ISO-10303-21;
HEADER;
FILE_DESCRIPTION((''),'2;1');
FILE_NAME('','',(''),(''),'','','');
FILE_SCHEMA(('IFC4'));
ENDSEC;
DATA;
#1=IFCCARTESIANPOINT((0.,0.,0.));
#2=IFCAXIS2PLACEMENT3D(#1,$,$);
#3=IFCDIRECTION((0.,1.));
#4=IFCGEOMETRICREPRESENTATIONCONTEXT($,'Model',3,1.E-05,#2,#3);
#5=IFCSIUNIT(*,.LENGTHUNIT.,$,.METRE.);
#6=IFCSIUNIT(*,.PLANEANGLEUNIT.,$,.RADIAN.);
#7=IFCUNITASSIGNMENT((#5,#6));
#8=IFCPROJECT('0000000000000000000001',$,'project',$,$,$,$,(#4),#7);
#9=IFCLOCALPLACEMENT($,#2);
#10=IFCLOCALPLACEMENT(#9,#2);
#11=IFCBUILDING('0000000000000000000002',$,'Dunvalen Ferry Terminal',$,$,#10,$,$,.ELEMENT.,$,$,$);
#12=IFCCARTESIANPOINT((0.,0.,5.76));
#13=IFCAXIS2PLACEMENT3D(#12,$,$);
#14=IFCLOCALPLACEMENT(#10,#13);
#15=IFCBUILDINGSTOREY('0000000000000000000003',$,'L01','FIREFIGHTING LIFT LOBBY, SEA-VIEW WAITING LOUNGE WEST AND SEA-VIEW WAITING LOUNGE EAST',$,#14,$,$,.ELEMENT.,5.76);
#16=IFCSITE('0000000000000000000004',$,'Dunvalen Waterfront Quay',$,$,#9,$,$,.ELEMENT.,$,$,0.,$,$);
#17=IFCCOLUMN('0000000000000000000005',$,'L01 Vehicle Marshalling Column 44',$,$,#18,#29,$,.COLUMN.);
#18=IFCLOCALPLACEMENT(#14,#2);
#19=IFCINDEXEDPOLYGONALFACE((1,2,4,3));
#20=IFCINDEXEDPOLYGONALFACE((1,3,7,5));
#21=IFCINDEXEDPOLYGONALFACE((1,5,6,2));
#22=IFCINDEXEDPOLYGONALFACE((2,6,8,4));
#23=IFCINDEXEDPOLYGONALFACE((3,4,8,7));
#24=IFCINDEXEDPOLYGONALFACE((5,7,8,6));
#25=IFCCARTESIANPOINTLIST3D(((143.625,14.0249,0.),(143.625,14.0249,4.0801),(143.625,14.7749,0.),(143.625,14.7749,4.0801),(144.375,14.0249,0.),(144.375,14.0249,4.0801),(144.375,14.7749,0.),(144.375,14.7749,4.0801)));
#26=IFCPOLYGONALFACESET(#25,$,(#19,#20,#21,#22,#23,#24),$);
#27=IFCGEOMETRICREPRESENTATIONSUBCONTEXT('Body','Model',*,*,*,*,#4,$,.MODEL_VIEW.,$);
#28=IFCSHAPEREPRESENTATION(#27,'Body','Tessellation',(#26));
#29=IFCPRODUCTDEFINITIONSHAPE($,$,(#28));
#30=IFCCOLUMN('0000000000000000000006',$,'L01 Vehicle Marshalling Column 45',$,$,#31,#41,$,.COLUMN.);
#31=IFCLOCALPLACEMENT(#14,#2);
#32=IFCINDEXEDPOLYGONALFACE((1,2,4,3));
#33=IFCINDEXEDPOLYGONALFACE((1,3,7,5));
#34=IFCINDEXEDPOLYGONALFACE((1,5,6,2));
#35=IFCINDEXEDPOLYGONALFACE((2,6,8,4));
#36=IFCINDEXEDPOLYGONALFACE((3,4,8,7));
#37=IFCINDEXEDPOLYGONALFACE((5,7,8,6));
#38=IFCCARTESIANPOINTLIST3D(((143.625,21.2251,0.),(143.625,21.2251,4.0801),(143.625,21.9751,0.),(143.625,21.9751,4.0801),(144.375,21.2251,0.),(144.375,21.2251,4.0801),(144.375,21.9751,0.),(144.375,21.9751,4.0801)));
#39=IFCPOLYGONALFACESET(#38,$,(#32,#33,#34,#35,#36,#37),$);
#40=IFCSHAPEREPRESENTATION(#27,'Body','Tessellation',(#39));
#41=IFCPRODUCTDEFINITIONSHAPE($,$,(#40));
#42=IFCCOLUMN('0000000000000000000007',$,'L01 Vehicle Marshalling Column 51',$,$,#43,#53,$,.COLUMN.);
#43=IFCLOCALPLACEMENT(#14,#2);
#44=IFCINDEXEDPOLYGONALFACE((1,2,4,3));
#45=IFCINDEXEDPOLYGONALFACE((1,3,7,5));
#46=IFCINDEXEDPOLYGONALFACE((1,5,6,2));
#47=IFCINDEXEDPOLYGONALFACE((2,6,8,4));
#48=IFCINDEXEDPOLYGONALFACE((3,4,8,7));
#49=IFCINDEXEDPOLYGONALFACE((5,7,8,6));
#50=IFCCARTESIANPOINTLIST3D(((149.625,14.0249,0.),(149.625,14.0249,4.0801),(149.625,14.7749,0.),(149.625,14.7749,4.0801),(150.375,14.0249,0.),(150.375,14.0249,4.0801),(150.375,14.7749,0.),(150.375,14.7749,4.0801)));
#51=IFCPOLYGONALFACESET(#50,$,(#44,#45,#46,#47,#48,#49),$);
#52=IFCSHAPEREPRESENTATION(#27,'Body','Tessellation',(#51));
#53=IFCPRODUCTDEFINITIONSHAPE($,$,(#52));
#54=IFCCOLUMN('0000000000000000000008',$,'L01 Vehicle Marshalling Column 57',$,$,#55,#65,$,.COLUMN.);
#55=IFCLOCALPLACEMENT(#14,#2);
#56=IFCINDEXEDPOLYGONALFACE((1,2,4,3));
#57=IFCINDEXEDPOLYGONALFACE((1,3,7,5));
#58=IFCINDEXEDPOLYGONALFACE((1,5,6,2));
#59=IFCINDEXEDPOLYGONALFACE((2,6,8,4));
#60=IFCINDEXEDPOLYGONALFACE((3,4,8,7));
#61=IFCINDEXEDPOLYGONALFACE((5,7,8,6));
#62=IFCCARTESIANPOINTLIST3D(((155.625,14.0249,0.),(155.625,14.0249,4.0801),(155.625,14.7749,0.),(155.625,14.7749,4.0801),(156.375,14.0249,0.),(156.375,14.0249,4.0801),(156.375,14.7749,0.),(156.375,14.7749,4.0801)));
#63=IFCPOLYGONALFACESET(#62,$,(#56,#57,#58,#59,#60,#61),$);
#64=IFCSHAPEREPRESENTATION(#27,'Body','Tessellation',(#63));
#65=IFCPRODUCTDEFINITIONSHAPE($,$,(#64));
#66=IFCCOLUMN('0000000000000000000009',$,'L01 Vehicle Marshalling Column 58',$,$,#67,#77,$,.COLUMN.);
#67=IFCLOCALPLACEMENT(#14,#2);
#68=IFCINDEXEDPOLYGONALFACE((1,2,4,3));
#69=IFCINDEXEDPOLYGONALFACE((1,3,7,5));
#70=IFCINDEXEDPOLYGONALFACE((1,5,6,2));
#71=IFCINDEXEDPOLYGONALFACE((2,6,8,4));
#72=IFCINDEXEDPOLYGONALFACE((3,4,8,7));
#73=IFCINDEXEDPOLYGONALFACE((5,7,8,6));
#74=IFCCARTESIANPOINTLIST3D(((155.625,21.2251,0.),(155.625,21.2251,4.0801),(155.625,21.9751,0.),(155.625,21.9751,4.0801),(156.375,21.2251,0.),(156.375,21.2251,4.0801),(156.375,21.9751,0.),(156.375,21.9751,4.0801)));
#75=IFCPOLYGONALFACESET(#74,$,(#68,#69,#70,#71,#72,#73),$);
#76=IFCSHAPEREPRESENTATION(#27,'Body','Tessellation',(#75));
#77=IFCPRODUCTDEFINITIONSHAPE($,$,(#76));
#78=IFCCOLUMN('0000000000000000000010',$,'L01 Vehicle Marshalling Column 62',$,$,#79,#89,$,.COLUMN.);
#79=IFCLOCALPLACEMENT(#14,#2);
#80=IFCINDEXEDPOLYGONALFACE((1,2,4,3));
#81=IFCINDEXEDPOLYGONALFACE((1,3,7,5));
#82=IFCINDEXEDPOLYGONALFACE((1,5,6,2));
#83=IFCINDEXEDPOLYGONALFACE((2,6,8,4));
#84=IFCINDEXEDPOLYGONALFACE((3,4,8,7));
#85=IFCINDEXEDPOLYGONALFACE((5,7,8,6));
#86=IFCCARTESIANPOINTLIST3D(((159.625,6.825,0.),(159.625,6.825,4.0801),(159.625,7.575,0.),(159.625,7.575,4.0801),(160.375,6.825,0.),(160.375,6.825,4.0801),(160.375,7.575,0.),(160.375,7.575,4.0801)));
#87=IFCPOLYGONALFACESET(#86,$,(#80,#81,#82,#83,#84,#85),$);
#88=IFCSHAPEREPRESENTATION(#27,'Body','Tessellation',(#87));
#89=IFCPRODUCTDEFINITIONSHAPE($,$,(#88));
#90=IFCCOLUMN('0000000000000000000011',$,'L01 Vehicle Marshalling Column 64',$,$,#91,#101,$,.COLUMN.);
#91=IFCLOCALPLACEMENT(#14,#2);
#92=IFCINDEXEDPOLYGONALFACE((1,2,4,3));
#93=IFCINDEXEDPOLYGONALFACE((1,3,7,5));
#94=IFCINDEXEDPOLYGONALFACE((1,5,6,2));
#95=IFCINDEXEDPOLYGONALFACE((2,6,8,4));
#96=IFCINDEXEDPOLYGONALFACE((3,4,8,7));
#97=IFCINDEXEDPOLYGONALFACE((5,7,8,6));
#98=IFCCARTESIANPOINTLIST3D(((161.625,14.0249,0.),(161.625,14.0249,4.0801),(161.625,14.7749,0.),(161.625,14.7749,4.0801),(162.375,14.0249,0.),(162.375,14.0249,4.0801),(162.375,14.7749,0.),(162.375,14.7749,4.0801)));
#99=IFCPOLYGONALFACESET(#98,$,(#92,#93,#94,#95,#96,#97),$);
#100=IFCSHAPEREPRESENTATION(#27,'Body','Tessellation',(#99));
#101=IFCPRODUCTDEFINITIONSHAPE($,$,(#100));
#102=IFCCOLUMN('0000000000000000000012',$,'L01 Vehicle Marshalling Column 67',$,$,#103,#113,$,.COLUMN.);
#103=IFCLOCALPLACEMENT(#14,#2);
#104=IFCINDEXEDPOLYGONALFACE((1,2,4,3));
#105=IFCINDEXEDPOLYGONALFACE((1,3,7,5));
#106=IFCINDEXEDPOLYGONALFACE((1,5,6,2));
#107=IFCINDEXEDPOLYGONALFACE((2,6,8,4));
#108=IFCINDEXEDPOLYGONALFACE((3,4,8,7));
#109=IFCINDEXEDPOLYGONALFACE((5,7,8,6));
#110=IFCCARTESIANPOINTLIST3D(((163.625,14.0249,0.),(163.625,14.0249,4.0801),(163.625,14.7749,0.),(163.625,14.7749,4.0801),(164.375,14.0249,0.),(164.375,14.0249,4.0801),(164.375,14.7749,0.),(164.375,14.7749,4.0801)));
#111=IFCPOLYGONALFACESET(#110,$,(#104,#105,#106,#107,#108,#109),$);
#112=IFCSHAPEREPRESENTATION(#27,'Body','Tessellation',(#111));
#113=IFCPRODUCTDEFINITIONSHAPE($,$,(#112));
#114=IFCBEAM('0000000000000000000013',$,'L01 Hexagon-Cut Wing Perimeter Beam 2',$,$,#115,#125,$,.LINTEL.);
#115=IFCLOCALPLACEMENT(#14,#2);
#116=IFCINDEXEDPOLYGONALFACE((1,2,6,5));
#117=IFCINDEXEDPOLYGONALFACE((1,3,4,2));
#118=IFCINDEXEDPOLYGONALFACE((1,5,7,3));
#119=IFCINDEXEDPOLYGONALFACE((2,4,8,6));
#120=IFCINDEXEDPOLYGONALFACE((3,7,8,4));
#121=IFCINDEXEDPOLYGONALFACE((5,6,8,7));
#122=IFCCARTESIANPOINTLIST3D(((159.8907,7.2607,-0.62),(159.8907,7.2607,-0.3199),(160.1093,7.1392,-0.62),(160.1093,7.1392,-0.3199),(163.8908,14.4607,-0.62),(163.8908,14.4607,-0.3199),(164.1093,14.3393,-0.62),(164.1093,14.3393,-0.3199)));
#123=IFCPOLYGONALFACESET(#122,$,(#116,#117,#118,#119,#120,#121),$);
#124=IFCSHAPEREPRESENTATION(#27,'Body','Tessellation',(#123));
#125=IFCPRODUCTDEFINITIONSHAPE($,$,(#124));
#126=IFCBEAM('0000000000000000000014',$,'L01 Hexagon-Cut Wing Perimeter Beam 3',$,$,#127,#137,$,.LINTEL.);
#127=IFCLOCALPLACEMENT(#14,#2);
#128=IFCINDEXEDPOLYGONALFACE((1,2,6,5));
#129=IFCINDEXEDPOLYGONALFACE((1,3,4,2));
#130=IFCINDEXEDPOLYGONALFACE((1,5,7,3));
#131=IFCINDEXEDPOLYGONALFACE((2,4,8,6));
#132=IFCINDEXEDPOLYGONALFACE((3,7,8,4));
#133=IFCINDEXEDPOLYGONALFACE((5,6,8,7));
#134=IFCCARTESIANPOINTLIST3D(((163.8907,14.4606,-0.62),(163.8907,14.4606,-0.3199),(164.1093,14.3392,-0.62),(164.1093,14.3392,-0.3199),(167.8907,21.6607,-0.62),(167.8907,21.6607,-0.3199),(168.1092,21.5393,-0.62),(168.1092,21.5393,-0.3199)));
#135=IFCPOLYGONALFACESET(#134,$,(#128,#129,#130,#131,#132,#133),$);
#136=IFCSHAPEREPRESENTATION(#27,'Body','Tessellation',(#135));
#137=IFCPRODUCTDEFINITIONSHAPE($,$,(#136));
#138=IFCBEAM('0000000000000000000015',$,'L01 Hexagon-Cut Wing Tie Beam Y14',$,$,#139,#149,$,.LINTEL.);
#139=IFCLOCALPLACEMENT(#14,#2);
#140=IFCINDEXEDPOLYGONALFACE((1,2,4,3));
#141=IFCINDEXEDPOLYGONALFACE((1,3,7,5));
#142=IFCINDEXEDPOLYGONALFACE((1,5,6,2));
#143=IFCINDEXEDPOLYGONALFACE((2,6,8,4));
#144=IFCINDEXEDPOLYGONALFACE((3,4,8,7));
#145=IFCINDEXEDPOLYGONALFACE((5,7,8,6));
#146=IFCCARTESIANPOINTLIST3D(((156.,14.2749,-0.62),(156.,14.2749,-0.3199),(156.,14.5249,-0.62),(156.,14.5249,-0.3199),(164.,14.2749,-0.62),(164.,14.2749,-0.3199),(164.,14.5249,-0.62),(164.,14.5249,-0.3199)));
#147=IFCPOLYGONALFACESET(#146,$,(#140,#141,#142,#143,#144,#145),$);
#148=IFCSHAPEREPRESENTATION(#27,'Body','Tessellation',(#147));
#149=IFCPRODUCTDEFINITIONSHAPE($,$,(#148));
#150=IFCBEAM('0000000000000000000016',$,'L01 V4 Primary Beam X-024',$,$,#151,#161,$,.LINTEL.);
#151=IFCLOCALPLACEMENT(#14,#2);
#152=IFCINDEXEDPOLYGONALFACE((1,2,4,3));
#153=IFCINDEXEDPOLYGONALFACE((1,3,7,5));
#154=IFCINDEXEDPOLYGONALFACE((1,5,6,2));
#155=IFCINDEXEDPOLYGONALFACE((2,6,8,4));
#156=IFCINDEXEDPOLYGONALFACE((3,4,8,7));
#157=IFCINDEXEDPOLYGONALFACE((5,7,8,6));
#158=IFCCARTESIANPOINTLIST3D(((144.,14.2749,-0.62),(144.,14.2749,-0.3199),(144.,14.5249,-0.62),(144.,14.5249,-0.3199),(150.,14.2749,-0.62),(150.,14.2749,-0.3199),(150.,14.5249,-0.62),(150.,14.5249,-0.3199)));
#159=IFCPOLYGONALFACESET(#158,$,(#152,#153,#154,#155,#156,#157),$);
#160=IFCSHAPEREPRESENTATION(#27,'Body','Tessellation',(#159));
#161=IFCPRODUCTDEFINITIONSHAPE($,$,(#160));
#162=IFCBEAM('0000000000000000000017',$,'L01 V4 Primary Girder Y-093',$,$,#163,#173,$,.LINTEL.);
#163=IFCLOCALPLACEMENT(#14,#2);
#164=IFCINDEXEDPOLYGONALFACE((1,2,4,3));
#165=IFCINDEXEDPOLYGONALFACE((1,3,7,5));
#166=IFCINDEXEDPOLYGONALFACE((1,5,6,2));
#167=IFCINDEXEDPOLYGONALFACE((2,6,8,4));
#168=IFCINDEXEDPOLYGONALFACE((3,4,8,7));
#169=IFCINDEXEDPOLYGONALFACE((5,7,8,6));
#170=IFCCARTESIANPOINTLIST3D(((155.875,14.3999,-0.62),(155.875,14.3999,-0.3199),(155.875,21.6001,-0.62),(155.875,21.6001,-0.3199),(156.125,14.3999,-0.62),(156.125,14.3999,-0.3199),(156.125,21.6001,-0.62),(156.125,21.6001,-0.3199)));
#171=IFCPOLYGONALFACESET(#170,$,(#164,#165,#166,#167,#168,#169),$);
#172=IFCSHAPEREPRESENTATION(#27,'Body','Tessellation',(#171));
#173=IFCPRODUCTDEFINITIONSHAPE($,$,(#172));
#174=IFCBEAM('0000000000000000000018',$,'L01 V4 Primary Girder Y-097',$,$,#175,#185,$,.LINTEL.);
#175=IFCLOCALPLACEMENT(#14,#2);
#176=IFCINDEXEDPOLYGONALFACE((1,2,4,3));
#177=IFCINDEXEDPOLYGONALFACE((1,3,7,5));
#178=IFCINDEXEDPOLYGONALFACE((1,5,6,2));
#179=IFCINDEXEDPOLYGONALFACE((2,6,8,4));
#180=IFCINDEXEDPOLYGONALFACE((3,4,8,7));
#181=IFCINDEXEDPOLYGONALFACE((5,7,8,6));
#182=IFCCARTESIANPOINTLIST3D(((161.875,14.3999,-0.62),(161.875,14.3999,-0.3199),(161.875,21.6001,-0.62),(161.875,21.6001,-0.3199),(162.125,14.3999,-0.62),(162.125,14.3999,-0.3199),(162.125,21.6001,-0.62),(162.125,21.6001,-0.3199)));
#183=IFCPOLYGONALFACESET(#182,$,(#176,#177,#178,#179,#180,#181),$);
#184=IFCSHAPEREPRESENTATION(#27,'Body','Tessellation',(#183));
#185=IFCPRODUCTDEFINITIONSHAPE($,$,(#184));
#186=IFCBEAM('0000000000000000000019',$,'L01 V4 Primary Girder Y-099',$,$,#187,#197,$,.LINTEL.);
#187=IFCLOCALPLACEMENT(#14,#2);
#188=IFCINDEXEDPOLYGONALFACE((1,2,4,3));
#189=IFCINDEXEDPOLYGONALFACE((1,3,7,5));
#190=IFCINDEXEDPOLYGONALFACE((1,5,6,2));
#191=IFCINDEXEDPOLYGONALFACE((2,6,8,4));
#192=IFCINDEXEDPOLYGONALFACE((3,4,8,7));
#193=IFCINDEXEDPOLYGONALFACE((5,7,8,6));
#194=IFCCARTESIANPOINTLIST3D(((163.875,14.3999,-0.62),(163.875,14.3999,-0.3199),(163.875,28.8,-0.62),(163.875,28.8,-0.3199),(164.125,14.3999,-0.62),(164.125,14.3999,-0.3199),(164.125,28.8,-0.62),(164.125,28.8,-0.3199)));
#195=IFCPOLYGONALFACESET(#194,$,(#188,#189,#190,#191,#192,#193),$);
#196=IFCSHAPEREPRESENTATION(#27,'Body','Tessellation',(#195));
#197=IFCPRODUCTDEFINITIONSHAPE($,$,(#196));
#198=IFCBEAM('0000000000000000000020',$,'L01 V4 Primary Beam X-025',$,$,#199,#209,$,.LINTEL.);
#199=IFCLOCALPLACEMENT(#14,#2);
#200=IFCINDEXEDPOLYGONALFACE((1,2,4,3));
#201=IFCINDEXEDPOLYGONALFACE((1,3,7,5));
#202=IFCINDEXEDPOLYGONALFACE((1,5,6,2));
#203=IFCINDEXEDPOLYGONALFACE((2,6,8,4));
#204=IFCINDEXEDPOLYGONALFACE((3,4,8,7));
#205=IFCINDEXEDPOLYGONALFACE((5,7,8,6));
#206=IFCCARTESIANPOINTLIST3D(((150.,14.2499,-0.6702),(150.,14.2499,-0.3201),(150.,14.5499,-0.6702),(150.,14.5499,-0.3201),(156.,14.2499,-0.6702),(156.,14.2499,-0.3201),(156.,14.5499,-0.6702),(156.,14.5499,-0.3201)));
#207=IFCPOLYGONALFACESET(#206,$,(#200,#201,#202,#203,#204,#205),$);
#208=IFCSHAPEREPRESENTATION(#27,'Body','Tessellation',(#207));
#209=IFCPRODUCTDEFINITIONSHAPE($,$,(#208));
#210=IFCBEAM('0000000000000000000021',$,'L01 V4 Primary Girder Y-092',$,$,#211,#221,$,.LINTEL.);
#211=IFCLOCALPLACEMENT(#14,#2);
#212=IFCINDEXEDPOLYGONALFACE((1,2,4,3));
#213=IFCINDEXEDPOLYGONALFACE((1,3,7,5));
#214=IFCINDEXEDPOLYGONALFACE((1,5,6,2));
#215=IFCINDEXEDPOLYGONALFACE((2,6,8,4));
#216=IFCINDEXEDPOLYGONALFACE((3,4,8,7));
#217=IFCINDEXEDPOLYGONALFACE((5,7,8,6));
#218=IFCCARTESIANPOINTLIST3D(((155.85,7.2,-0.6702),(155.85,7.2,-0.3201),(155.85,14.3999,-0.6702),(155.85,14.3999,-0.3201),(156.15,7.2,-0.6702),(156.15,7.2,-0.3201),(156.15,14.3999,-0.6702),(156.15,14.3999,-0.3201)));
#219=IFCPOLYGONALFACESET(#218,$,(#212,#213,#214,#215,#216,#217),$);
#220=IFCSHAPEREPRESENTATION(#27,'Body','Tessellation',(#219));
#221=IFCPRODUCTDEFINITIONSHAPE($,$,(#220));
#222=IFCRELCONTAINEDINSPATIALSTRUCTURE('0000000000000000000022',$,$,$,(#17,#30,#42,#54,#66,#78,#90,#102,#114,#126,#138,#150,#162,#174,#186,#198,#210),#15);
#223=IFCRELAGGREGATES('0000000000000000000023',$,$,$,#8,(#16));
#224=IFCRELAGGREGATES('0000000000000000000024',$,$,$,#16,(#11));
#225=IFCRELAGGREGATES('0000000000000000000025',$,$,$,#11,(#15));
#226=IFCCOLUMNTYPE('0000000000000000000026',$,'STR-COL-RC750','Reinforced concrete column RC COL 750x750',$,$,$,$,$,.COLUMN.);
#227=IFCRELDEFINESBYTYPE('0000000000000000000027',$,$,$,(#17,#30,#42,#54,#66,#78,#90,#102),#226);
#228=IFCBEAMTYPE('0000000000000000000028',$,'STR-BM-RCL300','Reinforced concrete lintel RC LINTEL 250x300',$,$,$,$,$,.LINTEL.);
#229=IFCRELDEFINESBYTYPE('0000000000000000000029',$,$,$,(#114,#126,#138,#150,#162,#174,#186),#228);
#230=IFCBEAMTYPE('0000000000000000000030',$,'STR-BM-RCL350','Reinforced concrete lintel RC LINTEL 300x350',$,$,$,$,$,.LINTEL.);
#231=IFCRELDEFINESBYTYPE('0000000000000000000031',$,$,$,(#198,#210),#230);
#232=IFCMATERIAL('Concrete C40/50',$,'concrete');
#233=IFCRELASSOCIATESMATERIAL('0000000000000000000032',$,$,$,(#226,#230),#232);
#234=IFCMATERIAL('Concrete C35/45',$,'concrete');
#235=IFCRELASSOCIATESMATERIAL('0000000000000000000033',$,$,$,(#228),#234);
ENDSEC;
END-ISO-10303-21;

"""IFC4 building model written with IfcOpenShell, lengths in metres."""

from ifc_helpers import new_model, si_unit, direction, frame, origin, origin_2d, place, context, subcontext, project, spatial, rectangle, extrude, material, material_profile, profile_set, type_object, element, save


model = new_model("IFC4")

# Units and contexts
model_context = context("Model", 3, precision=1e-05, world=origin(), true_north=direction((0.0, 1.0)))
body_context = subcontext(model_context, "Body", "Model", "MODEL_VIEW")
ifc_project = project(units=[si_unit("LENGTHUNIT", "METRE"), si_unit("PLANEANGLEUNIT", "RADIAN")], contexts=[model_context])

# Site, building, storey
site_placement = place(None, origin())
site = spatial("IfcSite", under=ifc_project, at=site_placement, Name="Dunvalen Waterfront Quay", CompositionType="ELEMENT", RefElevation=0.0)
building_placement = place(site_placement, origin())
building = spatial("IfcBuilding", under=site, at=building_placement, Name="Dunvalen Ferry Terminal", CompositionType="ELEMENT")
storey_placement = place(building_placement, frame((0.0, 0.0, 5.76)))
storey = spatial("IfcBuildingStorey", under=building, at=storey_placement, Name="L01", Description="FIREFIGHTING LIFT LOBBY, SEA-VIEW WAITING LOUNGE WEST AND SEA-VIEW WAITING LOUNGE EAST", CompositionType="ELEMENT", Elevation=5.76)

# Columns
ifc_material_1 = material(Name="Concrete C40/50", Category="concrete")
ifc_material_profile_1 = material_profile(ifc_material_1, rectangle(XDim=0.75, YDim=0.75, at=origin_2d()), Name="Concrete C40/50")
ifc_profile_set_1 = profile_set([ifc_material_profile_1], Name="Concrete C40/50")
column_type = type_object("IfcColumnType", Name="STR-COL-RC750", Description="Reinforced concrete column RC COL 750x750", PredefinedType="COLUMN", material=ifc_profile_set_1)
for number, where, z_axis, x_axis, name in (
    (1, (144.0, 14.3999, 0.0), (0.0, 0.0, 1.0), (1.0, 0.0, 0.0), "L01 Vehicle Marshalling Column 44"),
    (2, (144.0, 21.6001, 0.0), (0.0, 0.0, 1.0), (1.0, 0.0, 0.0), "L01 Vehicle Marshalling Column 45"),
    (3, (150.0, 14.3999, 0.0), (0.0, 0.0, 1.0), (1.0, 0.0, 0.0), "L01 Vehicle Marshalling Column 51"),
    (4, (156.0, 14.3999, 0.0), (0.0, 0.0, 1.0), (1.0, 0.0, 0.0), "L01 Vehicle Marshalling Column 57"),
    (5, (156.0, 21.6001, 0.0), (0.0, 0.0, 1.0), (1.0, 0.0, 0.0), "L01 Vehicle Marshalling Column 58"),
    (6, (160.0, 7.2, 0.0), (0.0, 0.0, 1.0), (1.0, 0.0, 0.0), "L01 Vehicle Marshalling Column 62"),
    (7, (162.0, 14.3999, 0.0), (0.0, 0.0, 1.0), (1.0, 0.0, 0.0), "L01 Vehicle Marshalling Column 64"),
    (8, (164.0, 14.3999, 0.0), (0.0, 0.0, 1.0), (1.0, 0.0, 0.0), "L01 Vehicle Marshalling Column 67"),
):
    element("IfcColumn", number, at=place(storey_placement, frame(where, z_axis=z_axis, x_axis=x_axis)), inside=storey, type_object=column_type, Name=name, PredefinedType="COLUMN", context=body_context, shape_type="SweptSolid", body=[
        extrude(rectangle(XDim=0.75, YDim=0.75, at=origin_2d()), origin(), (0.0, 0.0, 1.0), 4.0801),
    ])

# Beams
ifc_material_2 = material(Name="Concrete C35/45", Category="concrete")
ifc_material_profile_2 = material_profile(ifc_material_2, rectangle(XDim=0.25, YDim=0.3, at=origin_2d()), Name="Concrete C35/45")
ifc_profile_set_2 = profile_set([ifc_material_profile_2], Name="Concrete C35/45")
beam_type_1 = type_object("IfcBeamType", Name="STR-BM-RCL300", Description="Reinforced concrete lintel RC LINTEL 250x300", PredefinedType="LINTEL", material=ifc_profile_set_2)
for number, where, z_axis, x_axis, name in (
    (9, (160.0, 7.2, -0.47), (0.485645, 0.874156, 0.0), (-0.874156, 0.485645, 0.0), "L01 Hexagon-Cut Wing Perimeter Beam 2"),
    (10, (164.0, 14.3999, -0.47), (0.485633, 0.874163, 0.0), (-0.874163, 0.485633, 0.0), "L01 Hexagon-Cut Wing Perimeter Beam 3"),
):
    element("IfcBeam", number, at=place(storey_placement, frame(where, z_axis=z_axis, x_axis=x_axis)), inside=storey, type_object=beam_type_1, Name=name, PredefinedType="LINTEL", context=body_context, shape_type="SweptSolid", body=[
        extrude(rectangle(XDim=0.25, YDim=0.3, at=origin_2d()), origin(), (0.0, 0.0, 1.0), 8.2366),
    ])
beam_1_placement = place(storey_placement, frame((156.0, 14.3999, -0.47), z_axis=(1.0, 0.0, 0.0), x_axis=(0.0, 1.0, 0.0)))
element("IfcBeam", 11, at=beam_1_placement, inside=storey, type_object=beam_type_1, Name="L01 Hexagon-Cut Wing Tie Beam Y14", PredefinedType="LINTEL", context=body_context, shape_type="SweptSolid", body=[
    extrude(rectangle(XDim=0.25, YDim=0.3, at=origin_2d()), origin(), (0.0, 0.0, 1.0), 8.0),
])
beam_2_placement = place(storey_placement, frame((144.0, 14.3999, -0.47), z_axis=(1.0, 0.0, 0.0), x_axis=(0.0, 1.0, 0.0)))
element("IfcBeam", 12, at=beam_2_placement, inside=storey, type_object=beam_type_1, Name="L01 V4 Primary Beam X-024", PredefinedType="LINTEL", context=body_context, shape_type="SweptSolid", body=[
    extrude(rectangle(XDim=0.25, YDim=0.3, at=origin_2d()), origin(), (0.0, 0.0, 1.0), 6.0),
])
for number, where, z_axis, x_axis, name in (
    (13, (156.0, 14.3999, -0.47), (0.0, 1.0, 0.0), (-1.0, 0.0, 0.0), "L01 V4 Primary Girder Y-093"),
    (14, (162.0, 14.3999, -0.47), (0.0, 1.0, 0.0), (-1.0, 0.0, 0.0), "L01 V4 Primary Girder Y-097"),
):
    element("IfcBeam", number, at=place(storey_placement, frame(where, z_axis=z_axis, x_axis=x_axis)), inside=storey, type_object=beam_type_1, Name=name, PredefinedType="LINTEL", context=body_context, shape_type="SweptSolid", body=[
        extrude(rectangle(XDim=0.25, YDim=0.3, at=origin_2d()), origin(), (0.0, 0.0, 1.0), 7.2002),
    ])
beam_3_placement = place(storey_placement, frame((164.0, 14.3999, -0.47), z_axis=(0.0, 1.0, 0.0), x_axis=(-1.0, 0.0, 0.0)))
element("IfcBeam", 15, at=beam_3_placement, inside=storey, type_object=beam_type_1, Name="L01 V4 Primary Girder Y-099", PredefinedType="LINTEL", context=body_context, shape_type="SweptSolid", body=[
    extrude(rectangle(XDim=0.25, YDim=0.3, at=origin_2d()), origin(), (0.0, 0.0, 1.0), 14.4001),
])
ifc_material_profile_3 = material_profile(ifc_material_1, rectangle(XDim=0.3, YDim=0.3501, at=origin_2d()), Name="Concrete C40/50")
ifc_profile_set_3 = profile_set([ifc_material_profile_3], Name="Concrete C40/50")
beam_type_2 = type_object("IfcBeamType", Name="STR-BM-RCL350", Description="Reinforced concrete lintel RC LINTEL 300x350", PredefinedType="LINTEL", material=ifc_profile_set_3)
beam_4_placement = place(storey_placement, frame((150.0, 14.3999, -0.4951), z_axis=(1.0, 0.0, 0.0), x_axis=(0.0, 1.0, 0.0)))
element("IfcBeam", 16, at=beam_4_placement, inside=storey, type_object=beam_type_2, Name="L01 V4 Primary Beam X-025", PredefinedType="LINTEL", context=body_context, shape_type="SweptSolid", body=[
    extrude(rectangle(XDim=0.3, YDim=0.3501, at=origin_2d()), origin(), (0.0, 0.0, 1.0), 6.0),
])
beam_5_placement = place(storey_placement, frame((156.0, 7.2, -0.4951), z_axis=(0.0, 1.0, 0.0), x_axis=(-1.0, 0.0, 0.0)))
element("IfcBeam", 17, at=beam_5_placement, inside=storey, type_object=beam_type_2, Name="L01 V4 Primary Girder Y-092", PredefinedType="LINTEL", context=body_context, shape_type="SweptSolid", body=[
    extrude(rectangle(XDim=0.3, YDim=0.3501, at=origin_2d()), origin(), (0.0, 0.0, 1.0), 7.2),
])

save(model, "model.ifc")
